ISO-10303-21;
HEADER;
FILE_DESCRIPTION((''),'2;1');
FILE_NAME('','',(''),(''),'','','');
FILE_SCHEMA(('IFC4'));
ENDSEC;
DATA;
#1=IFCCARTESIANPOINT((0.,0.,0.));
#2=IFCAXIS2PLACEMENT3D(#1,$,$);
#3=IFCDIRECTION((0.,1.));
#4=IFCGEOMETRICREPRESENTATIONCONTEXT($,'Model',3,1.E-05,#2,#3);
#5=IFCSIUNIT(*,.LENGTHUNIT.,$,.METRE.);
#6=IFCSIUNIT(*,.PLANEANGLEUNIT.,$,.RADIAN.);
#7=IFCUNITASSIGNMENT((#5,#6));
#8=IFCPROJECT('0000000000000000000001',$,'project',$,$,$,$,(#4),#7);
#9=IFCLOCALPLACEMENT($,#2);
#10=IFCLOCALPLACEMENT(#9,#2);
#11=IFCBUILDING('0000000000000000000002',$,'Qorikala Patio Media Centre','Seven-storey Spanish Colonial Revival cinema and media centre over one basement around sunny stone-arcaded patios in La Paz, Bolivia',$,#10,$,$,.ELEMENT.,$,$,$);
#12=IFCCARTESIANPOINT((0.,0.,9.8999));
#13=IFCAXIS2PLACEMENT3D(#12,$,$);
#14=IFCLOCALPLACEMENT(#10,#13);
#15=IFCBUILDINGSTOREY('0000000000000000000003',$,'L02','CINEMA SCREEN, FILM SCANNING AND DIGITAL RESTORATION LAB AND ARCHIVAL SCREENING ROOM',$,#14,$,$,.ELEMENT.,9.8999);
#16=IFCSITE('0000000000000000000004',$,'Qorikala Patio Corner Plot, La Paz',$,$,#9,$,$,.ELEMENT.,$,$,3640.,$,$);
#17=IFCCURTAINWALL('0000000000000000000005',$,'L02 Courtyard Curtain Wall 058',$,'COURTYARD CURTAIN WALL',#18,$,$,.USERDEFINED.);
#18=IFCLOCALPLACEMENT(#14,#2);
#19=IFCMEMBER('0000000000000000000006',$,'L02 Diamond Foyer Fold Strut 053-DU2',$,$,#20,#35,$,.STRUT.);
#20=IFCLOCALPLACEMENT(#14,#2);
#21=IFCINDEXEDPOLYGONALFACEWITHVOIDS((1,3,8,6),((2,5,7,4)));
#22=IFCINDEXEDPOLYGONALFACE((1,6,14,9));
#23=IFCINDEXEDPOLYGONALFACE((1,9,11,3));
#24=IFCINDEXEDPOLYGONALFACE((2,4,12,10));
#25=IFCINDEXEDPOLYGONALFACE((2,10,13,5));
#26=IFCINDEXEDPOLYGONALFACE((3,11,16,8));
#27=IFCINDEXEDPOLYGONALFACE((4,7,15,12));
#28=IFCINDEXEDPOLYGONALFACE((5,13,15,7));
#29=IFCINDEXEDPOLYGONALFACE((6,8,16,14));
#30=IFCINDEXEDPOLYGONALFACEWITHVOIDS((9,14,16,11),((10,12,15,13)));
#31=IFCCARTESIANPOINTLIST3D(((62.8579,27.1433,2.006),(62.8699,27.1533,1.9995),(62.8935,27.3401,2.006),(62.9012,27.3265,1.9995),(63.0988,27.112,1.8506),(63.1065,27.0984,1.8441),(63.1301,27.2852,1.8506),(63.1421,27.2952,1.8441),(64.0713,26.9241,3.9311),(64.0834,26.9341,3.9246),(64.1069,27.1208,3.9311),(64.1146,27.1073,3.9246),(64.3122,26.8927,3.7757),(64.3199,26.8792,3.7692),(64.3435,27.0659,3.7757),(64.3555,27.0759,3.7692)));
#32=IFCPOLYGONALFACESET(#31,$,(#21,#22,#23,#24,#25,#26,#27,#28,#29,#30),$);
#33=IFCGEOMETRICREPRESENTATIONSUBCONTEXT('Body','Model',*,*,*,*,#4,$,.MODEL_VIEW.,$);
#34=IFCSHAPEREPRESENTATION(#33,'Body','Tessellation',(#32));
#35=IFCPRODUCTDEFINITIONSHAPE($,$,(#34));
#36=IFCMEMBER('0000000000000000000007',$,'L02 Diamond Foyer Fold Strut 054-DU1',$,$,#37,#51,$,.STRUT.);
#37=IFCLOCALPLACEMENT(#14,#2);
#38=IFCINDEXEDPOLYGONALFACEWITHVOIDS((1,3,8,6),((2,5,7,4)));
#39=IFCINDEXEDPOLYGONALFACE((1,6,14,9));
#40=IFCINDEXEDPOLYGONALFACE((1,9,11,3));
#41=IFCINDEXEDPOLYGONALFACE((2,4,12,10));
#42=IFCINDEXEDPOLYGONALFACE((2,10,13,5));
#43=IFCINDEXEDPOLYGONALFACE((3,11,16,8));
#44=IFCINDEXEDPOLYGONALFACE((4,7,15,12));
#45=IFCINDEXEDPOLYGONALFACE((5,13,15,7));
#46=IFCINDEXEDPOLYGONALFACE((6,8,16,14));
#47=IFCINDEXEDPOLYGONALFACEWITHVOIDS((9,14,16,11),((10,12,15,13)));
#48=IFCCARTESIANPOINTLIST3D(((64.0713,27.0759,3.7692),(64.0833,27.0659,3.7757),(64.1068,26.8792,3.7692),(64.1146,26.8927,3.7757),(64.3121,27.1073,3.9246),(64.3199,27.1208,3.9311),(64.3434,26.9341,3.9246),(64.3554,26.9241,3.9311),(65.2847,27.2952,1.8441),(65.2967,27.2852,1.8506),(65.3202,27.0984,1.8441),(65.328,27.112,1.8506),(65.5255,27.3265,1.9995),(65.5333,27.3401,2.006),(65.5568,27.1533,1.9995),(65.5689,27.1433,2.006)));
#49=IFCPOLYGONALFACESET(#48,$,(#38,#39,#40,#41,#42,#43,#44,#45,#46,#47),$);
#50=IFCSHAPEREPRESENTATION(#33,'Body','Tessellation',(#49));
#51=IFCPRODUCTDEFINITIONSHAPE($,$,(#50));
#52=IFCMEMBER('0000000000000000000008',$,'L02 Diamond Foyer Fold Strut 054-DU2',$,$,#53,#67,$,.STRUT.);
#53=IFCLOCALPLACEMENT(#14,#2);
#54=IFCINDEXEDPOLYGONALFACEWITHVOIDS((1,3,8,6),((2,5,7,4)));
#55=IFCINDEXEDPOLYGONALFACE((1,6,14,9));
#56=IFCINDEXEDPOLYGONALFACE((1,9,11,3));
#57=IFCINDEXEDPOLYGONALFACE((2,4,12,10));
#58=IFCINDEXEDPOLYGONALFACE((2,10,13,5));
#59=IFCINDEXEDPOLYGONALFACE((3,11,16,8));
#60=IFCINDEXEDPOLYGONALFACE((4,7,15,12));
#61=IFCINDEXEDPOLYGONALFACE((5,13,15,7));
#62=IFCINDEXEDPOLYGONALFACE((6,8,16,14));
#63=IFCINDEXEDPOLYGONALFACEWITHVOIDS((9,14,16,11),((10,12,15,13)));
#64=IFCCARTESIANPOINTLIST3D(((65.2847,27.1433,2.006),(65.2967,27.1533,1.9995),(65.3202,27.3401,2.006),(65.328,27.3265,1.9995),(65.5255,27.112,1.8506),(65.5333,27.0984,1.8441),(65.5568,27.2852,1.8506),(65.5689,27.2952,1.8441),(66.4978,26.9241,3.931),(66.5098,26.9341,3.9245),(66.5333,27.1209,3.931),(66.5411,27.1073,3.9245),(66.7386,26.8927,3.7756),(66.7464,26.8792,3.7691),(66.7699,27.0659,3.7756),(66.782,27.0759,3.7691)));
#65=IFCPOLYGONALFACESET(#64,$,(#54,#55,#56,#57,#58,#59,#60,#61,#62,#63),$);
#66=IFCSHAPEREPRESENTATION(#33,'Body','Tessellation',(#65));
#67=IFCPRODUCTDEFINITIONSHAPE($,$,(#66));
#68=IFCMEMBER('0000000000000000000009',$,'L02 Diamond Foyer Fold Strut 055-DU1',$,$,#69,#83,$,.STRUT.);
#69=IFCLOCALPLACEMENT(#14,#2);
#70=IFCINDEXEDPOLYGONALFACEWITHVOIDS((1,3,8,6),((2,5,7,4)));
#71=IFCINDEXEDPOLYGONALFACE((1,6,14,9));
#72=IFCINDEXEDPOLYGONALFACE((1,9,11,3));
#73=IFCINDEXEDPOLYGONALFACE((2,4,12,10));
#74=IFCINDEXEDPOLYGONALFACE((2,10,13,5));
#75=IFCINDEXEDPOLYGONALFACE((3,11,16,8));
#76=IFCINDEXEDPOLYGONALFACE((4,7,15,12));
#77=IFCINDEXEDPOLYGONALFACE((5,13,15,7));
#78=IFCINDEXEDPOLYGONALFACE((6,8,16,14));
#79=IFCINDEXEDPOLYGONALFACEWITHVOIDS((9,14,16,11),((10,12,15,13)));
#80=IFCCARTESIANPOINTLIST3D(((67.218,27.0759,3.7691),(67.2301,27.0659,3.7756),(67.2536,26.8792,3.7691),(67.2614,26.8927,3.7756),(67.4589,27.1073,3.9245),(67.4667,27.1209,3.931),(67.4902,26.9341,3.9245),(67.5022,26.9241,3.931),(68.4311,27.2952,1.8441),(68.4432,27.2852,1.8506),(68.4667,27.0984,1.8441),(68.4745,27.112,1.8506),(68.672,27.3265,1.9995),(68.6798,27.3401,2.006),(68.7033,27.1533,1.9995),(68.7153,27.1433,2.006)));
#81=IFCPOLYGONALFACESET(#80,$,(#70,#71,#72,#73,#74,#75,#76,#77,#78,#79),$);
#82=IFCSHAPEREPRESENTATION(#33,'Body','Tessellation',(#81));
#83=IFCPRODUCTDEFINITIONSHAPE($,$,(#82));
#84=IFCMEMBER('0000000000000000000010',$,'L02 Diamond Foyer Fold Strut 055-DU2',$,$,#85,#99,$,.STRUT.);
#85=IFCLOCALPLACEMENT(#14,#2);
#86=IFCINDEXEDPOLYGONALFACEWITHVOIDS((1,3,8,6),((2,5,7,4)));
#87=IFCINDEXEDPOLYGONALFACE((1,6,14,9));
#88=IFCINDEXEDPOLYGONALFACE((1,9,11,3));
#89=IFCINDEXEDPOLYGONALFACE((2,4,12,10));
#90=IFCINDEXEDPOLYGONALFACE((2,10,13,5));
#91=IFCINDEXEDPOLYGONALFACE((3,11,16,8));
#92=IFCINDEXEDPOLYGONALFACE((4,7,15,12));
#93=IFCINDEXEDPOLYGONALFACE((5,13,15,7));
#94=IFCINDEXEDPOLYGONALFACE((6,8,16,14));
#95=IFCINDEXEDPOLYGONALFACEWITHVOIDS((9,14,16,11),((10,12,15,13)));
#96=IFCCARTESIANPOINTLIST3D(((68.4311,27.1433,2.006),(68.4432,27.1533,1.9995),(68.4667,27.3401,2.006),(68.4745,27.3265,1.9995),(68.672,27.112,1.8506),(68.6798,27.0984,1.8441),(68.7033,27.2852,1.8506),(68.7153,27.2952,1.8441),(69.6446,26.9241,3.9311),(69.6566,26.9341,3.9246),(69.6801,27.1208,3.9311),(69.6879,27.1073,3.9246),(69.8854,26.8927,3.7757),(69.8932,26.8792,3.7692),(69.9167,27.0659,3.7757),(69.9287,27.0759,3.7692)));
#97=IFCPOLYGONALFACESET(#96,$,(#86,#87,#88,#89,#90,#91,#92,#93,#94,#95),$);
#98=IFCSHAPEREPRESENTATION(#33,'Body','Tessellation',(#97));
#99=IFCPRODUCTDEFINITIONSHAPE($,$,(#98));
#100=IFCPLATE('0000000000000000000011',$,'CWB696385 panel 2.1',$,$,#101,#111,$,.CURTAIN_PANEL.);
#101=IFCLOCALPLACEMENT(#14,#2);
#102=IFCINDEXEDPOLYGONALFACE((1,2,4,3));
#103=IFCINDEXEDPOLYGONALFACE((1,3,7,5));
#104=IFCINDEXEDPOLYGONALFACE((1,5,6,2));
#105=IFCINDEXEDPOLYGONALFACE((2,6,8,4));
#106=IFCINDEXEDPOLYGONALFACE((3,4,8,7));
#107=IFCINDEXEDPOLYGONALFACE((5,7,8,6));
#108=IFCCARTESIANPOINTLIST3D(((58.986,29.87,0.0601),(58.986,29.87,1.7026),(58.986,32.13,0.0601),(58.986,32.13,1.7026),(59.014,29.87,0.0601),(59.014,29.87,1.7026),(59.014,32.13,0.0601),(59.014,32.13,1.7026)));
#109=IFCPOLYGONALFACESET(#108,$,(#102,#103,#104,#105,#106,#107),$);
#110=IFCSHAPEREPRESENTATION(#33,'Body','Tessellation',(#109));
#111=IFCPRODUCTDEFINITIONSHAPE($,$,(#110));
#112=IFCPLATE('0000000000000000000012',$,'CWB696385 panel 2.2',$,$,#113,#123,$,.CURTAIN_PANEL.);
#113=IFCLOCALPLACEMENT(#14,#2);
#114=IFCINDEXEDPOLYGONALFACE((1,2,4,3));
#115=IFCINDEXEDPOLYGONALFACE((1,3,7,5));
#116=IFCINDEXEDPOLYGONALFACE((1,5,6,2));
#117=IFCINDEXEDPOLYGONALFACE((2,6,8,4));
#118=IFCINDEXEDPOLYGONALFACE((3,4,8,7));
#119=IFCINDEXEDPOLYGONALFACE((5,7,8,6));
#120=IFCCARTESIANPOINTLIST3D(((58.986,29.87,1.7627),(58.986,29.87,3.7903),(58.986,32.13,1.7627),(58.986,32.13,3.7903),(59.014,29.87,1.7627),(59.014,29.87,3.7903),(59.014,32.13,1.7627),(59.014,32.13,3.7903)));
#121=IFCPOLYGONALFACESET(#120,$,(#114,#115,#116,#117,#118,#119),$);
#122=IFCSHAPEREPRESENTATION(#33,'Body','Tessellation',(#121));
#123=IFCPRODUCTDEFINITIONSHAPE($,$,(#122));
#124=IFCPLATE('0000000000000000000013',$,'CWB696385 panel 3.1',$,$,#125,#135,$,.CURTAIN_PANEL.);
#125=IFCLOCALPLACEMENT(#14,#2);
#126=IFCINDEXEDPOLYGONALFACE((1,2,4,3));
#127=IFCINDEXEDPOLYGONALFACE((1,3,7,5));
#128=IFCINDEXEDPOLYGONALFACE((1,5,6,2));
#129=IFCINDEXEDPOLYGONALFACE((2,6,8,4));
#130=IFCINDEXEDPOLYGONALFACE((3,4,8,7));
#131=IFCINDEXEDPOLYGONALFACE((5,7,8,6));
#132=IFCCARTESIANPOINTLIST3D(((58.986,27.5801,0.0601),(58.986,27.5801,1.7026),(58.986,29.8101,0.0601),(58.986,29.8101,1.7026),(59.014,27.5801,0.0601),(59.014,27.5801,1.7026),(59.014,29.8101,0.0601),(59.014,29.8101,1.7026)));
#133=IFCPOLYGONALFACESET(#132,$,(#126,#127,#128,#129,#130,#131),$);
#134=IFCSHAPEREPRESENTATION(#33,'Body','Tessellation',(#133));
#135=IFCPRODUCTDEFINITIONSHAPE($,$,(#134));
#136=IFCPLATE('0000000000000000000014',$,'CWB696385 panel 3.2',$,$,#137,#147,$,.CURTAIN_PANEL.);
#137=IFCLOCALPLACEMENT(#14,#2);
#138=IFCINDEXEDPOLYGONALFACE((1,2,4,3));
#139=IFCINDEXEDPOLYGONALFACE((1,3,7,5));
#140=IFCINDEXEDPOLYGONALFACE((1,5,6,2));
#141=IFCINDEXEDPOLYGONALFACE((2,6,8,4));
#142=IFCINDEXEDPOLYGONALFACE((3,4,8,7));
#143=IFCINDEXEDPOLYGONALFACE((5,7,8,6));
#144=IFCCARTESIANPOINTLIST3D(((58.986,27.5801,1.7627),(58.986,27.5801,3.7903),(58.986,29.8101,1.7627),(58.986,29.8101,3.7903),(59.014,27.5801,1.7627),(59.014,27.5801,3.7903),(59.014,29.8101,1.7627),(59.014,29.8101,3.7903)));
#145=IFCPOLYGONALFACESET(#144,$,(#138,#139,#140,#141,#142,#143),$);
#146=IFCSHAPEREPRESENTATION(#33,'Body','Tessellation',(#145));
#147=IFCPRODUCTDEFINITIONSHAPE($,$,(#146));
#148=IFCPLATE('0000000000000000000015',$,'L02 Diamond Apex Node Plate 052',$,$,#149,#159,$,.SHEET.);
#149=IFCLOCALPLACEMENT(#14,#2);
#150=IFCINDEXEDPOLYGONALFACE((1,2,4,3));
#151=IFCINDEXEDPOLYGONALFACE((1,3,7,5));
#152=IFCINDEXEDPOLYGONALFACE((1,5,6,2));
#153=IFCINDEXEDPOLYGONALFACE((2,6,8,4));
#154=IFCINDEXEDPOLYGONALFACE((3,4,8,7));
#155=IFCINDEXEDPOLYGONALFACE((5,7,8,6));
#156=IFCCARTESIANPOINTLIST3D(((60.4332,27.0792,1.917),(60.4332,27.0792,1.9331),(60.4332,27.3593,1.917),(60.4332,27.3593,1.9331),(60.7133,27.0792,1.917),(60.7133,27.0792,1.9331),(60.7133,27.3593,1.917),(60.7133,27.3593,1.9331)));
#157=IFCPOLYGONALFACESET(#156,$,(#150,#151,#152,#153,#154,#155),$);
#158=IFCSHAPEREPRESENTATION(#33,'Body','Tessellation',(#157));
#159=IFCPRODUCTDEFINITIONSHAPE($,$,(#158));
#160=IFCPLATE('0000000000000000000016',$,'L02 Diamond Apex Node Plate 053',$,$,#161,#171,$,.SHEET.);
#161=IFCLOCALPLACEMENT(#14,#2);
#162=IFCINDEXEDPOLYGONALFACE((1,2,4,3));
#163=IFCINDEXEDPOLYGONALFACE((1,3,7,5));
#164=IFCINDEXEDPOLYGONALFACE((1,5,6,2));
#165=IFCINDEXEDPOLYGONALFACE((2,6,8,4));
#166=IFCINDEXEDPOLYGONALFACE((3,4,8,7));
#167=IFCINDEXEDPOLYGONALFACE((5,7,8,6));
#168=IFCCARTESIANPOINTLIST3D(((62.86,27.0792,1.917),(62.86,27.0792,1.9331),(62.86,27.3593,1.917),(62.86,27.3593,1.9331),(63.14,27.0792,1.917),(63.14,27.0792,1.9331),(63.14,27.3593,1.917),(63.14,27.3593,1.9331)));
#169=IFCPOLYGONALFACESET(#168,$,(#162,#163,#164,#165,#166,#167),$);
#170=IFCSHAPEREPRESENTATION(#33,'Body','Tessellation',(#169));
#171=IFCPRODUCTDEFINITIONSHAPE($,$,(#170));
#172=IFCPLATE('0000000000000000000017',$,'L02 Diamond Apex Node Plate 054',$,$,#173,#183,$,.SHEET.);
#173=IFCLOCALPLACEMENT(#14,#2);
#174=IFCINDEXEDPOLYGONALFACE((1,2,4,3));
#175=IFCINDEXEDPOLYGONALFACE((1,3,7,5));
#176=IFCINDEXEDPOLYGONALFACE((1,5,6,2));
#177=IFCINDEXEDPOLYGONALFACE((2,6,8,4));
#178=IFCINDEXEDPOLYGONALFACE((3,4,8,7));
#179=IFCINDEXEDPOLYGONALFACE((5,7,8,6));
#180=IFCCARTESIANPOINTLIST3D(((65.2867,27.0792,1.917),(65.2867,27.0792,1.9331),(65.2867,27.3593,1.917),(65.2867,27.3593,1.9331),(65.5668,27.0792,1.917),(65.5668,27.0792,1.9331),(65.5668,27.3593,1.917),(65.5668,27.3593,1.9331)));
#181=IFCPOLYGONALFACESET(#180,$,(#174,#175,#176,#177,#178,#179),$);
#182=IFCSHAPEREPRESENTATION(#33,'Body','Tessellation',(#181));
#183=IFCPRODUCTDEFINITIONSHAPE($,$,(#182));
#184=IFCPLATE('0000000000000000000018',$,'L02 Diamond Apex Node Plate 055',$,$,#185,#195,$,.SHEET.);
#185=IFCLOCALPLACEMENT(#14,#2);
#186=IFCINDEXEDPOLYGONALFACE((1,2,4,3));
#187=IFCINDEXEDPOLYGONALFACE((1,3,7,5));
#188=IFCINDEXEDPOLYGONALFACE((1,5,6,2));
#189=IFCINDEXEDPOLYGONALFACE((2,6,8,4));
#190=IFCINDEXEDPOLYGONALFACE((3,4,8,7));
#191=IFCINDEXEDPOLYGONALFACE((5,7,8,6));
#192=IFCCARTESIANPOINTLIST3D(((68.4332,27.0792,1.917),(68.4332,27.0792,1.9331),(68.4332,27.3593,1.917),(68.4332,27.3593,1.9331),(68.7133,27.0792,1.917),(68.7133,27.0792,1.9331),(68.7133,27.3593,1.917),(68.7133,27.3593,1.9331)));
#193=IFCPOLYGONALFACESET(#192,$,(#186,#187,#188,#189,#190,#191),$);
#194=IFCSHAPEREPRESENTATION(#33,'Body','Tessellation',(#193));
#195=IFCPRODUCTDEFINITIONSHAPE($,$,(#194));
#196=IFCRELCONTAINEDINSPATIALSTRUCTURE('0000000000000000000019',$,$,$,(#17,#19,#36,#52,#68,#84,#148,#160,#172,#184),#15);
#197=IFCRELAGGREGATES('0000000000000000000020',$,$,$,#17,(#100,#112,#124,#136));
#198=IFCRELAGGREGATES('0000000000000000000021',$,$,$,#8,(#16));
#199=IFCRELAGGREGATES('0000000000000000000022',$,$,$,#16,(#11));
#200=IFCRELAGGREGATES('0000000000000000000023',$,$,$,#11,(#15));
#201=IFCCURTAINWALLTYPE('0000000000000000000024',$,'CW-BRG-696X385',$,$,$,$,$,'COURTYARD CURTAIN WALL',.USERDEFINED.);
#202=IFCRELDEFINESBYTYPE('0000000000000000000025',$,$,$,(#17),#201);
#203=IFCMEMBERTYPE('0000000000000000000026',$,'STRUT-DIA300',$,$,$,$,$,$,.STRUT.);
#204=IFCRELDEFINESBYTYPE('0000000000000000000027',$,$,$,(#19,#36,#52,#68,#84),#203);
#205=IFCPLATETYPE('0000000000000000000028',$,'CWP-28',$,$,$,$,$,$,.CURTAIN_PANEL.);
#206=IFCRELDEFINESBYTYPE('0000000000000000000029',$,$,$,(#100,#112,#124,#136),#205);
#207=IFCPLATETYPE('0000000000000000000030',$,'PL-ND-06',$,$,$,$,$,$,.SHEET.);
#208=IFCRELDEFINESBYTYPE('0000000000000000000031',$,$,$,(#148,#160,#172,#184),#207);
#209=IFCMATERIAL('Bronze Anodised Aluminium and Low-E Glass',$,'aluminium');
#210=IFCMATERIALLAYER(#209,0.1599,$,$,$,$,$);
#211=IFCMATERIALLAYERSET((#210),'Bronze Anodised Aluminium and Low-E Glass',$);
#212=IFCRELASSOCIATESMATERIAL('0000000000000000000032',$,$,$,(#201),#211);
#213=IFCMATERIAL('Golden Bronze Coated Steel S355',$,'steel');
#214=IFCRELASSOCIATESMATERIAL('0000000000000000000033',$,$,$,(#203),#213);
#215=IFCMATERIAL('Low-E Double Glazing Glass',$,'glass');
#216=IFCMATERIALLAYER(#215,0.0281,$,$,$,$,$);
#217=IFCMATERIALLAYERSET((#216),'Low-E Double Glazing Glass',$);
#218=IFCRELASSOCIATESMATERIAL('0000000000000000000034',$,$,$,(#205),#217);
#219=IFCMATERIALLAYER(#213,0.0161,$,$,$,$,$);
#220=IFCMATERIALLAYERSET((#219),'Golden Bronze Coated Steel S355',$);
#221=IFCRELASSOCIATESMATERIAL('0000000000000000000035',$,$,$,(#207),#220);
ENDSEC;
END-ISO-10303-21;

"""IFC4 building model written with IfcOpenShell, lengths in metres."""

from ifc_helpers import new_model, si_unit, direction, frame, origin, origin_2d, place, context, subcontext, project, spatial, rectangle, hollow_rectangle, extrude, material, layer, layer_set, material_profile, profile_set, type_object, element, aggregate, save


model = new_model("IFC4")

# Units and contexts
model_context = context("Model", 3, precision=1e-05, world=origin(), true_north=direction((0.0, 1.0)))
body_context = subcontext(model_context, "Body", "Model", "MODEL_VIEW")
ifc_project = project(units=[si_unit("LENGTHUNIT", "METRE"), si_unit("PLANEANGLEUNIT", "RADIAN")], contexts=[model_context])

# Site, building, storey
site_placement = place(None, origin())
site = spatial("IfcSite", under=ifc_project, at=site_placement, Name="Qorikala Patio Corner Plot, La Paz", CompositionType="ELEMENT", RefElevation=3640.0)
building_placement = place(site_placement, origin())
building = spatial("IfcBuilding", under=site, at=building_placement, Name="Qorikala Patio Media Centre", Description="Seven-storey Spanish Colonial Revival cinema and media centre over one basement around sunny stone-arcaded patios in La Paz, Bolivia", CompositionType="ELEMENT")
storey_placement = place(building_placement, frame((0.0, 0.0, 9.8999)))
storey = spatial("IfcBuildingStorey", under=building, at=storey_placement, Name="L02", Description="CINEMA SCREEN, FILM SCANNING AND DIGITAL RESTORATION LAB AND ARCHIVAL SCREENING ROOM", CompositionType="ELEMENT", Elevation=9.8999)

# Curtain wall
ifc_material_1 = material(Name="Bronze Anodised Aluminium and Low-E Glass", Category="aluminium")
ifc_layer_1 = layer(ifc_material_1, 0.1599)
ifc_layer_set_1 = layer_set([ifc_layer_1], Name="Bronze Anodised Aluminium and Low-E Glass")
curtain_wall_type = type_object("IfcCurtainWallType", Name="CW-BRG-696X385", ElementType="COURTYARD CURTAIN WALL", PredefinedType="USERDEFINED", material=ifc_layer_set_1)
curtain_wall_placement = place(storey_placement, origin())
curtain_wall = element("IfcCurtainWall", 1, at=curtain_wall_placement, inside=storey, type_object=curtain_wall_type, Name="L02 Courtyard Curtain Wall 058", ObjectType="COURTYARD CURTAIN WALL", PredefinedType="USERDEFINED")

# Members
ifc_material_2 = material(Name="Golden Bronze Coated Steel S355", Category="steel")
ifc_material_profile_1 = material_profile(ifc_material_2, hollow_rectangle(XDim=0.2, YDim=0.3, WallThickness=0.012, at=origin_2d()), Name="HSS300X200X12")
ifc_profile_set_1 = profile_set([ifc_material_profile_1], Name="Golden Bronze Coated Steel S355")
member_type_1 = type_object("IfcMemberType", Name="STRUT-DIA300", PredefinedType="STRUT", material=ifc_profile_set_1)
for number, where, z_axis, x_axis, name in (
    (2, (63.0, 27.2192, 1.925), (0.530768, -0.095901, 0.842074), (0.177805, 0.984066, 0.0), "L02 Diamond Foyer Fold Strut 053-DU2"),
    (3, (65.4268, 27.2192, 1.925), (-0.530768, -0.095901, 0.842074), (0.177805, -0.984066, 0.0), "L02 Diamond Foyer Fold Strut 054-DU1"),
):
    element("IfcMember", number, at=place(storey_placement, frame(where, z_axis=z_axis, x_axis=x_axis)), inside=storey, type_object=member_type_1, Name=name, PredefinedType="STRUT", context=body_context, shape_type="SweptSolid", body=[
        extrude(hollow_rectangle(XDim=0.2, YDim=0.3, WallThickness=0.012, at=origin_2d()), origin(), (0.0, 0.0, 1.0), 2.2861),
    ])
for number, where, z_axis, x_axis, name in (
    (4, (65.4268, 27.2192, 1.925), (0.530691, -0.095907, 0.842121), (0.17784, 0.984059, 0.0), "L02 Diamond Foyer Fold Strut 054-DU2"),
    (5, (68.5732, 27.2192, 1.925), (-0.530691, -0.095907, 0.842121), (0.17784, -0.984059, 0.0), "L02 Diamond Foyer Fold Strut 055-DU1"),
):
    element("IfcMember", number, at=place(storey_placement, frame(where, z_axis=z_axis, x_axis=x_axis)), inside=storey, type_object=member_type_1, Name=name, PredefinedType="STRUT", context=body_context, shape_type="SweptSolid", body=[
        extrude(hollow_rectangle(XDim=0.2, YDim=0.3, WallThickness=0.012, at=origin_2d()), origin(), (0.0, 0.0, 1.0), 2.2859),
    ])
member_1_placement = place(storey_placement, frame((68.5732, 27.2192, 1.925), z_axis=(0.530768, -0.095901, 0.842074), x_axis=(0.177805, 0.984066, 0.0)))
element("IfcMember", 6, at=member_1_placement, inside=storey, type_object=member_type_1, Name="L02 Diamond Foyer Fold Strut 055-DU2", PredefinedType="STRUT", context=body_context, shape_type="SweptSolid", body=[
    extrude(hollow_rectangle(XDim=0.2, YDim=0.3, WallThickness=0.012, at=origin_2d()), origin(), (0.0, 0.0, 1.0), 2.2861),
])

# Plates
ifc_material_3 = material(Name="Low-E Double Glazing Glass", Category="glass")
ifc_layer_2 = layer(ifc_material_3, 0.0281)
ifc_layer_set_2 = layer_set([ifc_layer_2], Name="Low-E Double Glazing Glass")
plate_type_1 = type_object("IfcPlateType", Name="CWP-28", PredefinedType="CURTAIN_PANEL", material=ifc_layer_set_2)
plate_1_placement = place(storey_placement, frame((59.0, 31.0, 0.0601), z_axis=(0.0, 0.0, 1.0), x_axis=(0.0, -1.0, 0.0)))
plate_1 = element("IfcPlate", 7, at=plate_1_placement, type_object=plate_type_1, Name="CWB696385 panel 2.1", PredefinedType="CURTAIN_PANEL", context=body_context, shape_type="SweptSolid", body=[
    extrude(rectangle(XDim=2.26, YDim=0.0281, at=origin_2d()), origin(), (0.0, 0.0, 1.0), 1.6426),
])
plate_2_placement = place(storey_placement, frame((59.0, 31.0, 1.7627), z_axis=(0.0, 0.0, 1.0), x_axis=(0.0, -1.0, 0.0)))
plate_2 = element("IfcPlate", 8, at=plate_2_placement, type_object=plate_type_1, Name="CWB696385 panel 2.2", PredefinedType="CURTAIN_PANEL", context=body_context, shape_type="SweptSolid", body=[
    extrude(rectangle(XDim=2.26, YDim=0.0281, at=origin_2d()), origin(), (0.0, 0.0, 1.0), 2.0276),
])
plate_3_placement = place(storey_placement, frame((59.0, 28.6951, 0.0601), z_axis=(0.0, 0.0, 1.0), x_axis=(0.0, -1.0, 0.0)))
plate_3 = element("IfcPlate", 9, at=plate_3_placement, type_object=plate_type_1, Name="CWB696385 panel 3.1", PredefinedType="CURTAIN_PANEL", context=body_context, shape_type="SweptSolid", body=[
    extrude(rectangle(XDim=2.23, YDim=0.0281, at=origin_2d()), origin(), (0.0, 0.0, 1.0), 1.6426),
])
plate_4_placement = place(storey_placement, frame((59.0, 28.6951, 1.7627), z_axis=(0.0, 0.0, 1.0), x_axis=(0.0, -1.0, 0.0)))
plate_4 = element("IfcPlate", 10, at=plate_4_placement, type_object=plate_type_1, Name="CWB696385 panel 3.2", PredefinedType="CURTAIN_PANEL", context=body_context, shape_type="SweptSolid", body=[
    extrude(rectangle(XDim=2.23, YDim=0.0281, at=origin_2d()), origin(), (0.0, 0.0, 1.0), 2.0276),
])
aggregate(curtain_wall, [plate_1, plate_2, plate_3, plate_4])

# Plates
ifc_layer_3 = layer(ifc_material_2, 0.0161)
ifc_layer_set_3 = layer_set([ifc_layer_3], Name="Golden Bronze Coated Steel S355")
plate_type_2 = type_object("IfcPlateType", Name="PL-ND-06", PredefinedType="SHEET", material=ifc_layer_set_3)
for number, where, z_axis, x_axis, name in (
    (11, (60.5732, 27.2192, 1.917), (0.0, 0.0, 1.0), (1.0, 0.0, 0.0), "L02 Diamond Apex Node Plate 052"),
    (12, (63.0, 27.2192, 1.917), (0.0, 0.0, 1.0), (1.0, 0.0, 0.0), "L02 Diamond Apex Node Plate 053"),
    (13, (65.4268, 27.2192, 1.917), (0.0, 0.0, 1.0), (1.0, 0.0, 0.0), "L02 Diamond Apex Node Plate 054"),
    (14, (68.5732, 27.2192, 1.917), (0.0, 0.0, 1.0), (1.0, 0.0, 0.0), "L02 Diamond Apex Node Plate 055"),
):
    element("IfcPlate", number, at=place(storey_placement, frame(where, z_axis=z_axis, x_axis=x_axis)), inside=storey, type_object=plate_type_2, Name=name, PredefinedType="SHEET", context=body_context, shape_type="SweptSolid", body=[
        extrude(rectangle(XDim=0.28, YDim=0.28, at=origin_2d()), origin(), (0.0, 0.0, 1.0), 0.0161),
    ])

save(model, "model.ifc")
